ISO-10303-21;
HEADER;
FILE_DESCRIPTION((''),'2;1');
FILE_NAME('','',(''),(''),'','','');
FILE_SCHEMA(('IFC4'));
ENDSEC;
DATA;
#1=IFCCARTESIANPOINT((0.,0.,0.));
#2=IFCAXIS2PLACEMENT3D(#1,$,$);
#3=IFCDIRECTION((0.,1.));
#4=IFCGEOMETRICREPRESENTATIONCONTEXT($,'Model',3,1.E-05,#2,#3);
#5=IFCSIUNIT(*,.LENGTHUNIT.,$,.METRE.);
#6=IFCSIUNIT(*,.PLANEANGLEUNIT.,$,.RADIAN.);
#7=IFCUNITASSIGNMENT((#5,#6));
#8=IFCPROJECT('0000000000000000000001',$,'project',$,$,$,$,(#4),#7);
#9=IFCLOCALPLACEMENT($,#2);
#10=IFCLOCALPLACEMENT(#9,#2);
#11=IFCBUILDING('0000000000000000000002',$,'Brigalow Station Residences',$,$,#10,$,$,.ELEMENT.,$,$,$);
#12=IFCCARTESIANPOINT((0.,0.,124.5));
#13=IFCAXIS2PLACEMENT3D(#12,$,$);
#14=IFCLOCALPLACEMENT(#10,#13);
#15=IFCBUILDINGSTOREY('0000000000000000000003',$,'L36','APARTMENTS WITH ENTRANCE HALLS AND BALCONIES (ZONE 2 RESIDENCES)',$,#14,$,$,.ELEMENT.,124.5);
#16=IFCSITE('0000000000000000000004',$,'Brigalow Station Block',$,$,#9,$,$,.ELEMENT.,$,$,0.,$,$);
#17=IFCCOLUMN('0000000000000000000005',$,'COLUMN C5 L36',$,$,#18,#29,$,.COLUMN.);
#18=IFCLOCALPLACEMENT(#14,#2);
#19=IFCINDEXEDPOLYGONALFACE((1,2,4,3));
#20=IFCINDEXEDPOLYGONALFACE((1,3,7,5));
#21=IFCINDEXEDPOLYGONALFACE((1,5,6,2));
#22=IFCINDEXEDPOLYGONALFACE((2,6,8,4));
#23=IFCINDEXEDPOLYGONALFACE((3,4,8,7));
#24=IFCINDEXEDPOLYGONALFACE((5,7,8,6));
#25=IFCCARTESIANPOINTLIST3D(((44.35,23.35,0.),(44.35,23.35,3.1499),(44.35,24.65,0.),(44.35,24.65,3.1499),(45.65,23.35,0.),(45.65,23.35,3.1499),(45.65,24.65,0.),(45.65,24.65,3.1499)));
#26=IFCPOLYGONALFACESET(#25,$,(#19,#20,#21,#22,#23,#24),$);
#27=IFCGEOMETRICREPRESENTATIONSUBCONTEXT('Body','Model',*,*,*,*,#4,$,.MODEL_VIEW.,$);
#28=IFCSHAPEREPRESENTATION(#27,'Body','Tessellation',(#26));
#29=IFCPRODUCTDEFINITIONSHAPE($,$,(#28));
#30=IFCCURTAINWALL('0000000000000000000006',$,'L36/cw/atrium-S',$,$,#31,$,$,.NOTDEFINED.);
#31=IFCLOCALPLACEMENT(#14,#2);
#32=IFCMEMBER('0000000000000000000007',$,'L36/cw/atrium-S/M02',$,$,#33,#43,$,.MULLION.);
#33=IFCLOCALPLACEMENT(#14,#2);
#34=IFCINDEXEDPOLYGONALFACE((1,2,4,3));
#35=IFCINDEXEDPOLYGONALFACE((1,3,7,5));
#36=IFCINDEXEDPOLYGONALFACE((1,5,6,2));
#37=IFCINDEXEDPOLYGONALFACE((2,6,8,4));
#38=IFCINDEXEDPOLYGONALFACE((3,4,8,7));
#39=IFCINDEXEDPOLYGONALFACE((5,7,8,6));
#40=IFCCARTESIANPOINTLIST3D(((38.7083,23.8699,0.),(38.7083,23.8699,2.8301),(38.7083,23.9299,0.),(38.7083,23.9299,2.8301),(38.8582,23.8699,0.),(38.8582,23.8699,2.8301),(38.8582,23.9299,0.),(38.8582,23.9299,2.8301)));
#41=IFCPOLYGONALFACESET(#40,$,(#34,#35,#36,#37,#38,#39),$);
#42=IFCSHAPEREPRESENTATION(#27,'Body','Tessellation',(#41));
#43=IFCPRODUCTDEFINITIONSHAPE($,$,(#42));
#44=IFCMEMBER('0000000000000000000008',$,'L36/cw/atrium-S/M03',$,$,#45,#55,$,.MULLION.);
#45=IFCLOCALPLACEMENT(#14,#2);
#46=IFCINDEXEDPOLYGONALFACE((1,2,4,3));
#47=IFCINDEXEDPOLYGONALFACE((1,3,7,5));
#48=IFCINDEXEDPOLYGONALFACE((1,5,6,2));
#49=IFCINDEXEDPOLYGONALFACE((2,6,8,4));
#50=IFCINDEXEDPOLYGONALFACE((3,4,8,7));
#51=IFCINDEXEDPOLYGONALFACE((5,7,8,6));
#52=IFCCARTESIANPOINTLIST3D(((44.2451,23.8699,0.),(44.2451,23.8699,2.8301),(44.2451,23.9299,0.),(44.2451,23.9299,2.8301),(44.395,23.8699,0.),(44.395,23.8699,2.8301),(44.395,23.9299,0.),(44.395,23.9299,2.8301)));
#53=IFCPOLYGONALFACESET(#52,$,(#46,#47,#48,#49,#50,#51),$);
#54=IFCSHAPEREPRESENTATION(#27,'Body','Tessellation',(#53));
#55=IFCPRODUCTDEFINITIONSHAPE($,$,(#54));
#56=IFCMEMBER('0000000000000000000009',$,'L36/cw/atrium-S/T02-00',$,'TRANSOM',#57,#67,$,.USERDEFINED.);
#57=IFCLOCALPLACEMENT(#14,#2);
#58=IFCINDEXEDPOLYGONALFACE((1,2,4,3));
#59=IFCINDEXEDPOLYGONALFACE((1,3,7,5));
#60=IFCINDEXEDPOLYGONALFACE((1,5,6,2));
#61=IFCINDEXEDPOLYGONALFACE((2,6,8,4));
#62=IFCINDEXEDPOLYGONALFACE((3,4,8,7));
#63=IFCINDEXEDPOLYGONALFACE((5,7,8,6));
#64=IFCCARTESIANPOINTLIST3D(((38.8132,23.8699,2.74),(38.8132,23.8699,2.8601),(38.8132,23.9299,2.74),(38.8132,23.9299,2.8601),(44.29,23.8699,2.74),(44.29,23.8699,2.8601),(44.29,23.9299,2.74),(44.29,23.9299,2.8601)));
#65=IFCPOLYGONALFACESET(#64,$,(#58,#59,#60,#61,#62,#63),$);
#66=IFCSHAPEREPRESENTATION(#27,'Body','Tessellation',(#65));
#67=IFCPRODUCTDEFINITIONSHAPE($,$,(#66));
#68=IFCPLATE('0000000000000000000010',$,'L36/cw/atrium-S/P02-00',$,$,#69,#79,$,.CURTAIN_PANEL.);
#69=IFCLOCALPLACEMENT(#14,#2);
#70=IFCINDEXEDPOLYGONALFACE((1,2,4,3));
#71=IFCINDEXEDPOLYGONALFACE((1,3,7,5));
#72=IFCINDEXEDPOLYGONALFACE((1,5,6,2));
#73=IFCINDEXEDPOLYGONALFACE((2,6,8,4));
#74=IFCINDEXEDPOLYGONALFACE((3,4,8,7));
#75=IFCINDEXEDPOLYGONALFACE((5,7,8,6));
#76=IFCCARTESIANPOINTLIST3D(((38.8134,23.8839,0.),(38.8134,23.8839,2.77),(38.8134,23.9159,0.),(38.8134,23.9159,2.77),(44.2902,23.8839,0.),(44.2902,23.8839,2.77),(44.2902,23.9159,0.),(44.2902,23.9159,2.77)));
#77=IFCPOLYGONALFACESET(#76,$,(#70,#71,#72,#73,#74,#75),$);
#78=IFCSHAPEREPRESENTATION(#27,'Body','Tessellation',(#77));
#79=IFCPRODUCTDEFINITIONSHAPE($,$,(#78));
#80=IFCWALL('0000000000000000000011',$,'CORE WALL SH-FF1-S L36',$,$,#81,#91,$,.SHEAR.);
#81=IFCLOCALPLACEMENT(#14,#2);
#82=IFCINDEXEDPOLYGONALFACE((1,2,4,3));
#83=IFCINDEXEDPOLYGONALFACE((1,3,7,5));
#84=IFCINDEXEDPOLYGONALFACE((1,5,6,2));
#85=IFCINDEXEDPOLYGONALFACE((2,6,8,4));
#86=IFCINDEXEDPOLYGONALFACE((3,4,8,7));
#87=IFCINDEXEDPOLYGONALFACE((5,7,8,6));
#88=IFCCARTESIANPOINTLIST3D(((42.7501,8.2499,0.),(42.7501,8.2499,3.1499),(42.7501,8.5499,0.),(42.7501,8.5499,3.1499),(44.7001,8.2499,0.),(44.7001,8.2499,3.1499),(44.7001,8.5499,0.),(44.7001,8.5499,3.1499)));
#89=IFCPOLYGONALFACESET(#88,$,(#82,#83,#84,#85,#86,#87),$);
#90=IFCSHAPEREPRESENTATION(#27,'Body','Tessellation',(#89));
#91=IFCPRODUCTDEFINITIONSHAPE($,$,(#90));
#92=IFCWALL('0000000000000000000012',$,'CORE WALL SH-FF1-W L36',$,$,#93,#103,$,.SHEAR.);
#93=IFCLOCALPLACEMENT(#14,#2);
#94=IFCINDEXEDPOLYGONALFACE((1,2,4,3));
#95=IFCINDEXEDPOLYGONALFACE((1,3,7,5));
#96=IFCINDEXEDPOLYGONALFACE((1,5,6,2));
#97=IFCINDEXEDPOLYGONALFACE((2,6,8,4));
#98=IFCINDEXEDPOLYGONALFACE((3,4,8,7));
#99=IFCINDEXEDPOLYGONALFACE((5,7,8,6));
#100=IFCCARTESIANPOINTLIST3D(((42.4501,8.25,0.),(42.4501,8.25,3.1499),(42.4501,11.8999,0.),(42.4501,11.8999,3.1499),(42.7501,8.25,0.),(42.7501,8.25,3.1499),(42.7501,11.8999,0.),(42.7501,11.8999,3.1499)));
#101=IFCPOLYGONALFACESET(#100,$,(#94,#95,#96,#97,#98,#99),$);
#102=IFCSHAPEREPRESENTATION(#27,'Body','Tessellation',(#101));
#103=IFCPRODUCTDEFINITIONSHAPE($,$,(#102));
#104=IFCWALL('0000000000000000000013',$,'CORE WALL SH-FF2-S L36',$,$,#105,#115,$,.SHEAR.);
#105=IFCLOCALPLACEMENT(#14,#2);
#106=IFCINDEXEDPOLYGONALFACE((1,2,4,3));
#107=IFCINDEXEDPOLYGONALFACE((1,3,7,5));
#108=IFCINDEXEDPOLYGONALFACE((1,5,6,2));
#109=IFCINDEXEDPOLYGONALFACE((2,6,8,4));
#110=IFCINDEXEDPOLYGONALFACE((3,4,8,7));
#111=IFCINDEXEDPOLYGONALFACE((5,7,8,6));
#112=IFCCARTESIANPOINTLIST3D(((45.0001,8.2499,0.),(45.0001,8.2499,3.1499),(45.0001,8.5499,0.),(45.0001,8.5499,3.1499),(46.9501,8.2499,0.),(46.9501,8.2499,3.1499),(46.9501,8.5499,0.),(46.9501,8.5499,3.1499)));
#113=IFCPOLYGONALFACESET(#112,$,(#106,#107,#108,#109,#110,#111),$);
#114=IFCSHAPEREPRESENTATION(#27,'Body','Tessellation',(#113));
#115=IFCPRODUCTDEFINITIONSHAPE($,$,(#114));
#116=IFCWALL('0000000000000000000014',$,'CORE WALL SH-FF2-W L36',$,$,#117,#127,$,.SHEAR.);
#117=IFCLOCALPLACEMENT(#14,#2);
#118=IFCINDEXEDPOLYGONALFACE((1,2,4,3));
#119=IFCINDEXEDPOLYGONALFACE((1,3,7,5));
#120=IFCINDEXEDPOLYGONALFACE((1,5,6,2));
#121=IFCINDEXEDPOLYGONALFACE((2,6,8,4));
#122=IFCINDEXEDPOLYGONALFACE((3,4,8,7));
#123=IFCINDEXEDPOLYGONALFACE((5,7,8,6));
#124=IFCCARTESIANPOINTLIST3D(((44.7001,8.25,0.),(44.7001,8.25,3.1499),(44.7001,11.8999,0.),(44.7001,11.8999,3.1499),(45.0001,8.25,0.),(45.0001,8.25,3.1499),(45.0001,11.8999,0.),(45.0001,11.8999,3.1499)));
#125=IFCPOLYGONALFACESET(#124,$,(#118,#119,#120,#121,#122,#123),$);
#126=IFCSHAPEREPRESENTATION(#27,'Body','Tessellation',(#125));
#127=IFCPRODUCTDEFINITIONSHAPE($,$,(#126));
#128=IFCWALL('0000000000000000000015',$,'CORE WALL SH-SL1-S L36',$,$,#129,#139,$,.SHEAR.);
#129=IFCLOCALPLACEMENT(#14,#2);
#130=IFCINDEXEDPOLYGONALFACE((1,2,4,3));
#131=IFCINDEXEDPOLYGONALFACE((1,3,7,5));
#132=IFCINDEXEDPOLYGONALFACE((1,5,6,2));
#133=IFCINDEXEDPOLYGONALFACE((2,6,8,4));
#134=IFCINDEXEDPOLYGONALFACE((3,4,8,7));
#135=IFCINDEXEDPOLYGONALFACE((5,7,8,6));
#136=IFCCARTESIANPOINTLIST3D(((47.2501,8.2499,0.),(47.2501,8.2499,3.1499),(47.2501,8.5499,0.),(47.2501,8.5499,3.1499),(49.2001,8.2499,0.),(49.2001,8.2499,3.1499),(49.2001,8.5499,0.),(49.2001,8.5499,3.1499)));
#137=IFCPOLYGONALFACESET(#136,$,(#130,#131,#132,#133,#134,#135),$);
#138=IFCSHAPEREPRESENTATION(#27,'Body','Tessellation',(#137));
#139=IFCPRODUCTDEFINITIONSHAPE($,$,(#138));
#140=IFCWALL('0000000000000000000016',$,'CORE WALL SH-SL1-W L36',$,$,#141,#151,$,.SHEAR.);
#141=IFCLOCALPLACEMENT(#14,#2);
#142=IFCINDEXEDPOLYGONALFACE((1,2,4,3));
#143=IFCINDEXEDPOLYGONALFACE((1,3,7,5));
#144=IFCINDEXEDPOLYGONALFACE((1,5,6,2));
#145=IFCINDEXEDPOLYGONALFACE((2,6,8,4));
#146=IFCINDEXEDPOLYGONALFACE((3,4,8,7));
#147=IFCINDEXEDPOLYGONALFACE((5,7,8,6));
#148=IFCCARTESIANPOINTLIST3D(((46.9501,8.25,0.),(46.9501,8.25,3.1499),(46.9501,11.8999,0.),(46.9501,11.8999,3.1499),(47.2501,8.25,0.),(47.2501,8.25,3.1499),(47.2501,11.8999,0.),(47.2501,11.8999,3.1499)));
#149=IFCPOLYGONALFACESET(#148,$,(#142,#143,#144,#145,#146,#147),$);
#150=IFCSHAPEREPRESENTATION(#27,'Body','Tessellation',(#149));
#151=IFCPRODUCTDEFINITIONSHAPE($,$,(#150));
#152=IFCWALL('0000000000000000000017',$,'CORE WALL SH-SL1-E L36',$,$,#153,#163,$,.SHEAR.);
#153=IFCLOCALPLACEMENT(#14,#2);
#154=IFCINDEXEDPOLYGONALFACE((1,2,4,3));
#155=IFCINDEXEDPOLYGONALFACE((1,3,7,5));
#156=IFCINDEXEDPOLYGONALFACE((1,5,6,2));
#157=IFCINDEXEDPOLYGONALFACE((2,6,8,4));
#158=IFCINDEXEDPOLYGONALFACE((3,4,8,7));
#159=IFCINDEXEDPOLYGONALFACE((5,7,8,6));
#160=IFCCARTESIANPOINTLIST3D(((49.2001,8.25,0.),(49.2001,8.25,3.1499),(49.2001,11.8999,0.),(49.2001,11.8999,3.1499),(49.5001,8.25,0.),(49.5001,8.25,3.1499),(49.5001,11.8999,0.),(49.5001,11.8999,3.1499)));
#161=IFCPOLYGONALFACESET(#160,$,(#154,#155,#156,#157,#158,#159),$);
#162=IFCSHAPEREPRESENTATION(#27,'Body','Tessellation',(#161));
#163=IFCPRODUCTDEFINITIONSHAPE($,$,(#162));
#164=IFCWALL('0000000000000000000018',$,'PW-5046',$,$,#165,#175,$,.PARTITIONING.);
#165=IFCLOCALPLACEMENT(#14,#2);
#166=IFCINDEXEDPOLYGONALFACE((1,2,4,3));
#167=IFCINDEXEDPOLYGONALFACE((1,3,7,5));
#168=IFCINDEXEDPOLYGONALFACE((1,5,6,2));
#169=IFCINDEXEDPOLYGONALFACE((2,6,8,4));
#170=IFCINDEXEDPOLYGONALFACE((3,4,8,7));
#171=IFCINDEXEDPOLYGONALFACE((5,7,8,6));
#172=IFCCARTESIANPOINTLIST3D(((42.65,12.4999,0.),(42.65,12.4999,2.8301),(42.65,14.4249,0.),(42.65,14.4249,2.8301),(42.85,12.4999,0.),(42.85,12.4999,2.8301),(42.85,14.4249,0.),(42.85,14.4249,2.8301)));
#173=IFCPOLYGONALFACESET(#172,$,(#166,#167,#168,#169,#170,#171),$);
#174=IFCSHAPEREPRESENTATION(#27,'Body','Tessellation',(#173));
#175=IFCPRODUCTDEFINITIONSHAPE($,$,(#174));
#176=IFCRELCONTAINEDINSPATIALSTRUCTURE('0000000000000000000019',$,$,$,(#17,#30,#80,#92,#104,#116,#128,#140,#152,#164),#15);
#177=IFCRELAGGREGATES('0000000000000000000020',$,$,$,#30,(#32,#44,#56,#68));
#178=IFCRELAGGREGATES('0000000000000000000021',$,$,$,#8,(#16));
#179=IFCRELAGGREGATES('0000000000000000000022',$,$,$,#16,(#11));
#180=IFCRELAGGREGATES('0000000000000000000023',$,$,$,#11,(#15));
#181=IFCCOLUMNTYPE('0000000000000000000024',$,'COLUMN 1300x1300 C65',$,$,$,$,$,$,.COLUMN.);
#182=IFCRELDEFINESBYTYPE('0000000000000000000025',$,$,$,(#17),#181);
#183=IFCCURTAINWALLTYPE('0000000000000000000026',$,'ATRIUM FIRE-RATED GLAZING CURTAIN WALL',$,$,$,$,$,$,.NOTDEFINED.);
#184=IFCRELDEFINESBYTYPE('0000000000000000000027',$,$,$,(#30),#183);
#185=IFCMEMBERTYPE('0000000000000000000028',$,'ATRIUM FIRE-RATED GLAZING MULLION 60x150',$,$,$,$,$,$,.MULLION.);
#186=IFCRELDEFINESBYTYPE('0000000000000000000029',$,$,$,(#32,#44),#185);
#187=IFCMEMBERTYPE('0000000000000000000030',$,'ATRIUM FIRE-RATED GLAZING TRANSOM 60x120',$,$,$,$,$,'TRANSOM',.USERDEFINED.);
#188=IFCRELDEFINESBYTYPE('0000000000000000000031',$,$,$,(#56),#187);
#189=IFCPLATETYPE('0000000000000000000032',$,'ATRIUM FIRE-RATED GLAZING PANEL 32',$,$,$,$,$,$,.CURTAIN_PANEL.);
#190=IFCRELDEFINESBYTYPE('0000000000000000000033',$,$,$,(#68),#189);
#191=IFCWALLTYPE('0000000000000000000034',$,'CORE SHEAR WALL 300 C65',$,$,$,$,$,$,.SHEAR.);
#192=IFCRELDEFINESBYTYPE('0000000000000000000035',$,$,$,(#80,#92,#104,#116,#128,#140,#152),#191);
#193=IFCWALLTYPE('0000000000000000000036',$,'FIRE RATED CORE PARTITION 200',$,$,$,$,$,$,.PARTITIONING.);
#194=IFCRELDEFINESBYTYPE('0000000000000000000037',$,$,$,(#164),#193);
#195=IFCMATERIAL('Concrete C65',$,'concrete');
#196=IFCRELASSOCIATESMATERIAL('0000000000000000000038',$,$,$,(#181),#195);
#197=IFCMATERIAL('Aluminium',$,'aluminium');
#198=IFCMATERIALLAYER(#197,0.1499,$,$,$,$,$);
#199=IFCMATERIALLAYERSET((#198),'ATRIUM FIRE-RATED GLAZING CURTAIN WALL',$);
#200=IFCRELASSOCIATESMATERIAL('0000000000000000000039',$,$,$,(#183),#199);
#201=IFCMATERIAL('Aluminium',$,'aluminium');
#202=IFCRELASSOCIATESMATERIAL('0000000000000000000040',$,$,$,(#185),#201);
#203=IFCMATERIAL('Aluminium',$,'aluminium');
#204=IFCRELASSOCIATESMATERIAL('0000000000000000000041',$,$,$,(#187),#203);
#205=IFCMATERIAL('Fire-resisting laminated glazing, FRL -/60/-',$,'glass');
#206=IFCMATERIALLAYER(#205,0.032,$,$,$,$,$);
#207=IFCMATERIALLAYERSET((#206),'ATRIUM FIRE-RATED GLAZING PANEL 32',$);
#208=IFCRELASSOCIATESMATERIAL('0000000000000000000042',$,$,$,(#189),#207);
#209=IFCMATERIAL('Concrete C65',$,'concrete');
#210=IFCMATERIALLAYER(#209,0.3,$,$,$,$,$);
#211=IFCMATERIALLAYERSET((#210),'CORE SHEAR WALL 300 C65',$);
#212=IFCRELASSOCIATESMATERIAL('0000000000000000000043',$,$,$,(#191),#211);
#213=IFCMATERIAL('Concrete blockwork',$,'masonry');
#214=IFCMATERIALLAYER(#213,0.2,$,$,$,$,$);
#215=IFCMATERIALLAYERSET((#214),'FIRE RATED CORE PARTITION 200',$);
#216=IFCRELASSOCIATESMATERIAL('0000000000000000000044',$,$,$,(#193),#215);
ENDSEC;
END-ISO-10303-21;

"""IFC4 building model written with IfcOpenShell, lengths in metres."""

from ifc_helpers import new_model, si_unit, direction, frame, frame_2d, origin, origin_2d, place, context, subcontext, project, spatial, rectangle, extrude, material, layer, layer_set, material_profile, profile_set, type_object, element, aggregate, save


model = new_model("IFC4")

# Units and contexts
model_context = context("Model", 3, precision=1e-05, world=origin(), true_north=direction((0.0, 1.0)))
body_context = subcontext(model_context, "Body", "Model", "MODEL_VIEW")
ifc_project = project(units=[si_unit("LENGTHUNIT", "METRE"), si_unit("PLANEANGLEUNIT", "RADIAN")], contexts=[model_context])

# Site, building, storey
site_placement = place(None, origin())
site = spatial("IfcSite", under=ifc_project, at=site_placement, Name="Brigalow Station Block", CompositionType="ELEMENT", RefElevation=0.0)
building_placement = place(site_placement, origin())
building = spatial("IfcBuilding", under=site, at=building_placement, Name="Brigalow Station Residences", CompositionType="ELEMENT")
storey_placement = place(building_placement, frame((0.0, 0.0, 124.5)))
storey = spatial("IfcBuildingStorey", under=building, at=storey_placement, Name="L36", Description="APARTMENTS WITH ENTRANCE HALLS AND BALCONIES (ZONE 2 RESIDENCES)", CompositionType="ELEMENT", Elevation=124.5)

# Column
ifc_material_1 = material(Name="Concrete C65", Category="concrete")
ifc_material_profile_1 = material_profile(ifc_material_1, rectangle(XDim=1.3, YDim=1.3, at=origin_2d()), Name="RC1300x1300")
ifc_profile_set_1 = profile_set([ifc_material_profile_1], Name="Concrete C65")
column_type = type_object("IfcColumnType", Name="COLUMN 1300x1300 C65", PredefinedType="COLUMN", material=ifc_profile_set_1)
column_placement = place(storey_placement, frame((45.0, 24.0, 0.0), z_axis=(0.0, 0.0, 1.0), x_axis=(1.0, 0.0, 0.0)))
element("IfcColumn", 1, at=column_placement, inside=storey, type_object=column_type, Name="COLUMN C5 L36", PredefinedType="COLUMN", context=body_context, shape_type="SweptSolid", body=[
    extrude(rectangle(XDim=1.3, YDim=1.3, at=origin_2d()), origin(), (0.0, 0.0, 1.0), 3.1499),
])

# Curtain wall, members, plate
ifc_material_2 = material(Name="Aluminium", Category="aluminium")
ifc_layer_1 = layer(ifc_material_2, 0.1499)
ifc_layer_set_1 = layer_set([ifc_layer_1], Name="ATRIUM FIRE-RATED GLAZING CURTAIN WALL")
curtain_wall_type = type_object("IfcCurtainWallType", Name="ATRIUM FIRE-RATED GLAZING CURTAIN WALL", PredefinedType="NOTDEFINED", material=ifc_layer_set_1)
curtain_wall_placement = place(storey_placement, origin())
curtain_wall = element("IfcCurtainWall", 2, at=curtain_wall_placement, inside=storey, type_object=curtain_wall_type, Name="L36/cw/atrium-S", PredefinedType="NOTDEFINED")
ifc_material_3 = material(Name="Aluminium", Category="aluminium")
ifc_material_profile_2 = material_profile(ifc_material_3, rectangle(XDim=0.0601, YDim=0.1499, at=origin_2d()), Name="ATRIUM FIRE-RATED GLAZING MULLION 60x150")
ifc_profile_set_2 = profile_set([ifc_material_profile_2], Name="Aluminium")
member_type_1 = type_object("IfcMemberType", Name="ATRIUM FIRE-RATED GLAZING MULLION 60x150", PredefinedType="MULLION", material=ifc_profile_set_2)
member_1_placement = place(storey_placement, frame((38.7832, 23.8999, 0.0), z_axis=(0.0, 0.0, 1.0), x_axis=(0.0, 1.0, 0.0)))
member_1 = element("IfcMember", 3, at=member_1_placement, type_object=member_type_1, Name="L36/cw/atrium-S/M02", PredefinedType="MULLION", context=body_context, shape_type="SweptSolid", body=[
    extrude(rectangle(XDim=0.0601, YDim=0.1499, at=origin_2d()), origin(), (0.0, 0.0, 1.0), 2.8301),
])
member_2_placement = place(storey_placement, frame((44.3201, 23.8999, 0.0), z_axis=(0.0, 0.0, 1.0), x_axis=(0.0, 1.0, 0.0)))
member_2 = element("IfcMember", 4, at=member_2_placement, type_object=member_type_1, Name="L36/cw/atrium-S/M03", PredefinedType="MULLION", context=body_context, shape_type="SweptSolid", body=[
    extrude(rectangle(XDim=0.0601, YDim=0.1499, at=origin_2d()), origin(), (0.0, 0.0, 1.0), 2.8301),
])
ifc_material_4 = material(Name="Aluminium", Category="aluminium")
ifc_material_profile_3 = material_profile(ifc_material_4, rectangle(XDim=0.0601, YDim=0.1201, at=origin_2d()), Name="ATRIUM FIRE-RATED GLAZING TRANSOM 60x120")
ifc_profile_set_3 = profile_set([ifc_material_profile_3], Name="Aluminium")
member_type_2 = type_object("IfcMemberType", Name="ATRIUM FIRE-RATED GLAZING TRANSOM 60x120", ElementType="TRANSOM", PredefinedType="USERDEFINED", material=ifc_profile_set_3)
member_3_placement = place(storey_placement, frame((38.8132, 23.8999, 2.8), z_axis=(1.0, 0.0, 0.0), x_axis=(0.0, 1.0, 0.0)))
member_3 = element("IfcMember", 5, at=member_3_placement, type_object=member_type_2, Name="L36/cw/atrium-S/T02-00", ObjectType="TRANSOM", PredefinedType="USERDEFINED", context=body_context, shape_type="SweptSolid", body=[
    extrude(rectangle(XDim=0.0601, YDim=0.1201, at=origin_2d()), origin(), (0.0, 0.0, 1.0), 5.4768),
])
ifc_material_5 = material(Name="Fire-resisting laminated glazing, FRL -/60/-", Category="glass")
ifc_layer_2 = layer(ifc_material_5, 0.032)
ifc_layer_set_2 = layer_set([ifc_layer_2], Name="ATRIUM FIRE-RATED GLAZING PANEL 32")
plate_type = type_object("IfcPlateType", Name="ATRIUM FIRE-RATED GLAZING PANEL 32", PredefinedType="CURTAIN_PANEL", material=ifc_layer_set_2)
plate_placement = place(storey_placement, frame((41.5518, 23.8999, 0.0), z_axis=(0.0, 0.0, 1.0), x_axis=(1.0, 0.0, 0.0)))
plate = element("IfcPlate", 6, at=plate_placement, type_object=plate_type, Name="L36/cw/atrium-S/P02-00", PredefinedType="CURTAIN_PANEL", context=body_context, shape_type="SweptSolid", body=[
    extrude(rectangle(XDim=5.4768, YDim=0.032, at=origin_2d()), origin(), (0.0, 0.0, 1.0), 2.77),
])
aggregate(curtain_wall, [member_1, member_2, member_3, plate])

# Walls
ifc_material_6 = material(Name="Concrete C65", Category="concrete")
ifc_layer_3 = layer(ifc_material_6, 0.3)
ifc_layer_set_3 = layer_set([ifc_layer_3], Name="CORE SHEAR WALL 300 C65")
wall_type_1 = type_object("IfcWallType", Name="CORE SHEAR WALL 300 C65", PredefinedType="SHEAR", material=ifc_layer_set_3)
wall_1_placement = place(storey_placement, frame((42.75, 8.3999, 0.0), z_axis=(0.0, 0.0, 1.0), x_axis=(1.0, 0.0, 0.0)))
element("IfcWall", 7, at=wall_1_placement, inside=storey, type_object=wall_type_1, Name="CORE WALL SH-FF1-S L36", PredefinedType="SHEAR", context=body_context, shape_type="SweptSolid", body=[
    extrude(rectangle(XDim=1.95, YDim=0.3, at=frame_2d((0.9751, 0.0))), origin(), (0.0, 0.0, 1.0), 3.1499),
])
wall_2_placement = place(storey_placement, frame((42.6001, 8.25, 0.0), z_axis=(0.0, 0.0, 1.0), x_axis=(0.0, 1.0, 0.0)))
element("IfcWall", 8, at=wall_2_placement, inside=storey, type_object=wall_type_1, Name="CORE WALL SH-FF1-W L36", PredefinedType="SHEAR", context=body_context, shape_type="SweptSolid", body=[
    extrude(rectangle(XDim=3.6499, YDim=0.3, at=frame_2d((1.825, 0.0))), origin(), (0.0, 0.0, 1.0), 3.1499),
])
wall_3_placement = place(storey_placement, frame((45.0, 8.3999, 0.0), z_axis=(0.0, 0.0, 1.0), x_axis=(1.0, 0.0, 0.0)))
element("IfcWall", 9, at=wall_3_placement, inside=storey, type_object=wall_type_1, Name="CORE WALL SH-FF2-S L36", PredefinedType="SHEAR", context=body_context, shape_type="SweptSolid", body=[
    extrude(rectangle(XDim=1.95, YDim=0.3, at=frame_2d((0.9751, 0.0))), origin(), (0.0, 0.0, 1.0), 3.1499),
])
wall_4_placement = place(storey_placement, frame((44.8501, 8.25, 0.0), z_axis=(0.0, 0.0, 1.0), x_axis=(0.0, 1.0, 0.0)))
element("IfcWall", 10, at=wall_4_placement, inside=storey, type_object=wall_type_1, Name="CORE WALL SH-FF2-W L36", PredefinedType="SHEAR", context=body_context, shape_type="SweptSolid", body=[
    extrude(rectangle(XDim=3.6499, YDim=0.3, at=frame_2d((1.825, 0.0))), origin(), (0.0, 0.0, 1.0), 3.1499),
])
wall_5_placement = place(storey_placement, frame((47.25, 8.3999, 0.0), z_axis=(0.0, 0.0, 1.0), x_axis=(1.0, 0.0, 0.0)))
element("IfcWall", 11, at=wall_5_placement, inside=storey, type_object=wall_type_1, Name="CORE WALL SH-SL1-S L36", PredefinedType="SHEAR", context=body_context, shape_type="SweptSolid", body=[
    extrude(rectangle(XDim=1.95, YDim=0.3, at=frame_2d((0.9751, 0.0))), origin(), (0.0, 0.0, 1.0), 3.1499),
])
for number, where, z_axis, x_axis, name in (
    (12, (47.1001, 8.25, 0.0), (0.0, 0.0, 1.0), (0.0, 1.0, 0.0), "CORE WALL SH-SL1-W L36"),
    (13, (49.3501, 8.25, 0.0), (0.0, 0.0, 1.0), (0.0, 1.0, 0.0), "CORE WALL SH-SL1-E L36"),
):
    element("IfcWall", number, at=place(storey_placement, frame(where, z_axis=z_axis, x_axis=x_axis)), inside=storey, type_object=wall_type_1, Name=name, PredefinedType="SHEAR", context=body_context, shape_type="SweptSolid", body=[
        extrude(rectangle(XDim=3.6499, YDim=0.3, at=frame_2d((1.825, 0.0))), origin(), (0.0, 0.0, 1.0), 3.1499),
    ])
ifc_material_7 = material(Name="Concrete blockwork", Category="masonry")
ifc_layer_4 = layer(ifc_material_7, 0.2)
ifc_layer_set_4 = layer_set([ifc_layer_4], Name="FIRE RATED CORE PARTITION 200")
wall_type_2 = type_object("IfcWallType", Name="FIRE RATED CORE PARTITION 200", PredefinedType="PARTITIONING", material=ifc_layer_set_4)
wall_6_placement = place(storey_placement, frame((42.75, 12.5, 0.0), z_axis=(0.0, 0.0, 1.0), x_axis=(0.0, 1.0, 0.0)))
element("IfcWall", 14, at=wall_6_placement, inside=storey, type_object=wall_type_2, Name="PW-5046", PredefinedType="PARTITIONING", context=body_context, shape_type="SweptSolid", body=[
    extrude(rectangle(XDim=1.925, YDim=0.2, at=frame_2d((0.9624, 0.0))), origin(), (0.0, 0.0, 1.0), 2.8301),
])

save(model, "model.ifc")
